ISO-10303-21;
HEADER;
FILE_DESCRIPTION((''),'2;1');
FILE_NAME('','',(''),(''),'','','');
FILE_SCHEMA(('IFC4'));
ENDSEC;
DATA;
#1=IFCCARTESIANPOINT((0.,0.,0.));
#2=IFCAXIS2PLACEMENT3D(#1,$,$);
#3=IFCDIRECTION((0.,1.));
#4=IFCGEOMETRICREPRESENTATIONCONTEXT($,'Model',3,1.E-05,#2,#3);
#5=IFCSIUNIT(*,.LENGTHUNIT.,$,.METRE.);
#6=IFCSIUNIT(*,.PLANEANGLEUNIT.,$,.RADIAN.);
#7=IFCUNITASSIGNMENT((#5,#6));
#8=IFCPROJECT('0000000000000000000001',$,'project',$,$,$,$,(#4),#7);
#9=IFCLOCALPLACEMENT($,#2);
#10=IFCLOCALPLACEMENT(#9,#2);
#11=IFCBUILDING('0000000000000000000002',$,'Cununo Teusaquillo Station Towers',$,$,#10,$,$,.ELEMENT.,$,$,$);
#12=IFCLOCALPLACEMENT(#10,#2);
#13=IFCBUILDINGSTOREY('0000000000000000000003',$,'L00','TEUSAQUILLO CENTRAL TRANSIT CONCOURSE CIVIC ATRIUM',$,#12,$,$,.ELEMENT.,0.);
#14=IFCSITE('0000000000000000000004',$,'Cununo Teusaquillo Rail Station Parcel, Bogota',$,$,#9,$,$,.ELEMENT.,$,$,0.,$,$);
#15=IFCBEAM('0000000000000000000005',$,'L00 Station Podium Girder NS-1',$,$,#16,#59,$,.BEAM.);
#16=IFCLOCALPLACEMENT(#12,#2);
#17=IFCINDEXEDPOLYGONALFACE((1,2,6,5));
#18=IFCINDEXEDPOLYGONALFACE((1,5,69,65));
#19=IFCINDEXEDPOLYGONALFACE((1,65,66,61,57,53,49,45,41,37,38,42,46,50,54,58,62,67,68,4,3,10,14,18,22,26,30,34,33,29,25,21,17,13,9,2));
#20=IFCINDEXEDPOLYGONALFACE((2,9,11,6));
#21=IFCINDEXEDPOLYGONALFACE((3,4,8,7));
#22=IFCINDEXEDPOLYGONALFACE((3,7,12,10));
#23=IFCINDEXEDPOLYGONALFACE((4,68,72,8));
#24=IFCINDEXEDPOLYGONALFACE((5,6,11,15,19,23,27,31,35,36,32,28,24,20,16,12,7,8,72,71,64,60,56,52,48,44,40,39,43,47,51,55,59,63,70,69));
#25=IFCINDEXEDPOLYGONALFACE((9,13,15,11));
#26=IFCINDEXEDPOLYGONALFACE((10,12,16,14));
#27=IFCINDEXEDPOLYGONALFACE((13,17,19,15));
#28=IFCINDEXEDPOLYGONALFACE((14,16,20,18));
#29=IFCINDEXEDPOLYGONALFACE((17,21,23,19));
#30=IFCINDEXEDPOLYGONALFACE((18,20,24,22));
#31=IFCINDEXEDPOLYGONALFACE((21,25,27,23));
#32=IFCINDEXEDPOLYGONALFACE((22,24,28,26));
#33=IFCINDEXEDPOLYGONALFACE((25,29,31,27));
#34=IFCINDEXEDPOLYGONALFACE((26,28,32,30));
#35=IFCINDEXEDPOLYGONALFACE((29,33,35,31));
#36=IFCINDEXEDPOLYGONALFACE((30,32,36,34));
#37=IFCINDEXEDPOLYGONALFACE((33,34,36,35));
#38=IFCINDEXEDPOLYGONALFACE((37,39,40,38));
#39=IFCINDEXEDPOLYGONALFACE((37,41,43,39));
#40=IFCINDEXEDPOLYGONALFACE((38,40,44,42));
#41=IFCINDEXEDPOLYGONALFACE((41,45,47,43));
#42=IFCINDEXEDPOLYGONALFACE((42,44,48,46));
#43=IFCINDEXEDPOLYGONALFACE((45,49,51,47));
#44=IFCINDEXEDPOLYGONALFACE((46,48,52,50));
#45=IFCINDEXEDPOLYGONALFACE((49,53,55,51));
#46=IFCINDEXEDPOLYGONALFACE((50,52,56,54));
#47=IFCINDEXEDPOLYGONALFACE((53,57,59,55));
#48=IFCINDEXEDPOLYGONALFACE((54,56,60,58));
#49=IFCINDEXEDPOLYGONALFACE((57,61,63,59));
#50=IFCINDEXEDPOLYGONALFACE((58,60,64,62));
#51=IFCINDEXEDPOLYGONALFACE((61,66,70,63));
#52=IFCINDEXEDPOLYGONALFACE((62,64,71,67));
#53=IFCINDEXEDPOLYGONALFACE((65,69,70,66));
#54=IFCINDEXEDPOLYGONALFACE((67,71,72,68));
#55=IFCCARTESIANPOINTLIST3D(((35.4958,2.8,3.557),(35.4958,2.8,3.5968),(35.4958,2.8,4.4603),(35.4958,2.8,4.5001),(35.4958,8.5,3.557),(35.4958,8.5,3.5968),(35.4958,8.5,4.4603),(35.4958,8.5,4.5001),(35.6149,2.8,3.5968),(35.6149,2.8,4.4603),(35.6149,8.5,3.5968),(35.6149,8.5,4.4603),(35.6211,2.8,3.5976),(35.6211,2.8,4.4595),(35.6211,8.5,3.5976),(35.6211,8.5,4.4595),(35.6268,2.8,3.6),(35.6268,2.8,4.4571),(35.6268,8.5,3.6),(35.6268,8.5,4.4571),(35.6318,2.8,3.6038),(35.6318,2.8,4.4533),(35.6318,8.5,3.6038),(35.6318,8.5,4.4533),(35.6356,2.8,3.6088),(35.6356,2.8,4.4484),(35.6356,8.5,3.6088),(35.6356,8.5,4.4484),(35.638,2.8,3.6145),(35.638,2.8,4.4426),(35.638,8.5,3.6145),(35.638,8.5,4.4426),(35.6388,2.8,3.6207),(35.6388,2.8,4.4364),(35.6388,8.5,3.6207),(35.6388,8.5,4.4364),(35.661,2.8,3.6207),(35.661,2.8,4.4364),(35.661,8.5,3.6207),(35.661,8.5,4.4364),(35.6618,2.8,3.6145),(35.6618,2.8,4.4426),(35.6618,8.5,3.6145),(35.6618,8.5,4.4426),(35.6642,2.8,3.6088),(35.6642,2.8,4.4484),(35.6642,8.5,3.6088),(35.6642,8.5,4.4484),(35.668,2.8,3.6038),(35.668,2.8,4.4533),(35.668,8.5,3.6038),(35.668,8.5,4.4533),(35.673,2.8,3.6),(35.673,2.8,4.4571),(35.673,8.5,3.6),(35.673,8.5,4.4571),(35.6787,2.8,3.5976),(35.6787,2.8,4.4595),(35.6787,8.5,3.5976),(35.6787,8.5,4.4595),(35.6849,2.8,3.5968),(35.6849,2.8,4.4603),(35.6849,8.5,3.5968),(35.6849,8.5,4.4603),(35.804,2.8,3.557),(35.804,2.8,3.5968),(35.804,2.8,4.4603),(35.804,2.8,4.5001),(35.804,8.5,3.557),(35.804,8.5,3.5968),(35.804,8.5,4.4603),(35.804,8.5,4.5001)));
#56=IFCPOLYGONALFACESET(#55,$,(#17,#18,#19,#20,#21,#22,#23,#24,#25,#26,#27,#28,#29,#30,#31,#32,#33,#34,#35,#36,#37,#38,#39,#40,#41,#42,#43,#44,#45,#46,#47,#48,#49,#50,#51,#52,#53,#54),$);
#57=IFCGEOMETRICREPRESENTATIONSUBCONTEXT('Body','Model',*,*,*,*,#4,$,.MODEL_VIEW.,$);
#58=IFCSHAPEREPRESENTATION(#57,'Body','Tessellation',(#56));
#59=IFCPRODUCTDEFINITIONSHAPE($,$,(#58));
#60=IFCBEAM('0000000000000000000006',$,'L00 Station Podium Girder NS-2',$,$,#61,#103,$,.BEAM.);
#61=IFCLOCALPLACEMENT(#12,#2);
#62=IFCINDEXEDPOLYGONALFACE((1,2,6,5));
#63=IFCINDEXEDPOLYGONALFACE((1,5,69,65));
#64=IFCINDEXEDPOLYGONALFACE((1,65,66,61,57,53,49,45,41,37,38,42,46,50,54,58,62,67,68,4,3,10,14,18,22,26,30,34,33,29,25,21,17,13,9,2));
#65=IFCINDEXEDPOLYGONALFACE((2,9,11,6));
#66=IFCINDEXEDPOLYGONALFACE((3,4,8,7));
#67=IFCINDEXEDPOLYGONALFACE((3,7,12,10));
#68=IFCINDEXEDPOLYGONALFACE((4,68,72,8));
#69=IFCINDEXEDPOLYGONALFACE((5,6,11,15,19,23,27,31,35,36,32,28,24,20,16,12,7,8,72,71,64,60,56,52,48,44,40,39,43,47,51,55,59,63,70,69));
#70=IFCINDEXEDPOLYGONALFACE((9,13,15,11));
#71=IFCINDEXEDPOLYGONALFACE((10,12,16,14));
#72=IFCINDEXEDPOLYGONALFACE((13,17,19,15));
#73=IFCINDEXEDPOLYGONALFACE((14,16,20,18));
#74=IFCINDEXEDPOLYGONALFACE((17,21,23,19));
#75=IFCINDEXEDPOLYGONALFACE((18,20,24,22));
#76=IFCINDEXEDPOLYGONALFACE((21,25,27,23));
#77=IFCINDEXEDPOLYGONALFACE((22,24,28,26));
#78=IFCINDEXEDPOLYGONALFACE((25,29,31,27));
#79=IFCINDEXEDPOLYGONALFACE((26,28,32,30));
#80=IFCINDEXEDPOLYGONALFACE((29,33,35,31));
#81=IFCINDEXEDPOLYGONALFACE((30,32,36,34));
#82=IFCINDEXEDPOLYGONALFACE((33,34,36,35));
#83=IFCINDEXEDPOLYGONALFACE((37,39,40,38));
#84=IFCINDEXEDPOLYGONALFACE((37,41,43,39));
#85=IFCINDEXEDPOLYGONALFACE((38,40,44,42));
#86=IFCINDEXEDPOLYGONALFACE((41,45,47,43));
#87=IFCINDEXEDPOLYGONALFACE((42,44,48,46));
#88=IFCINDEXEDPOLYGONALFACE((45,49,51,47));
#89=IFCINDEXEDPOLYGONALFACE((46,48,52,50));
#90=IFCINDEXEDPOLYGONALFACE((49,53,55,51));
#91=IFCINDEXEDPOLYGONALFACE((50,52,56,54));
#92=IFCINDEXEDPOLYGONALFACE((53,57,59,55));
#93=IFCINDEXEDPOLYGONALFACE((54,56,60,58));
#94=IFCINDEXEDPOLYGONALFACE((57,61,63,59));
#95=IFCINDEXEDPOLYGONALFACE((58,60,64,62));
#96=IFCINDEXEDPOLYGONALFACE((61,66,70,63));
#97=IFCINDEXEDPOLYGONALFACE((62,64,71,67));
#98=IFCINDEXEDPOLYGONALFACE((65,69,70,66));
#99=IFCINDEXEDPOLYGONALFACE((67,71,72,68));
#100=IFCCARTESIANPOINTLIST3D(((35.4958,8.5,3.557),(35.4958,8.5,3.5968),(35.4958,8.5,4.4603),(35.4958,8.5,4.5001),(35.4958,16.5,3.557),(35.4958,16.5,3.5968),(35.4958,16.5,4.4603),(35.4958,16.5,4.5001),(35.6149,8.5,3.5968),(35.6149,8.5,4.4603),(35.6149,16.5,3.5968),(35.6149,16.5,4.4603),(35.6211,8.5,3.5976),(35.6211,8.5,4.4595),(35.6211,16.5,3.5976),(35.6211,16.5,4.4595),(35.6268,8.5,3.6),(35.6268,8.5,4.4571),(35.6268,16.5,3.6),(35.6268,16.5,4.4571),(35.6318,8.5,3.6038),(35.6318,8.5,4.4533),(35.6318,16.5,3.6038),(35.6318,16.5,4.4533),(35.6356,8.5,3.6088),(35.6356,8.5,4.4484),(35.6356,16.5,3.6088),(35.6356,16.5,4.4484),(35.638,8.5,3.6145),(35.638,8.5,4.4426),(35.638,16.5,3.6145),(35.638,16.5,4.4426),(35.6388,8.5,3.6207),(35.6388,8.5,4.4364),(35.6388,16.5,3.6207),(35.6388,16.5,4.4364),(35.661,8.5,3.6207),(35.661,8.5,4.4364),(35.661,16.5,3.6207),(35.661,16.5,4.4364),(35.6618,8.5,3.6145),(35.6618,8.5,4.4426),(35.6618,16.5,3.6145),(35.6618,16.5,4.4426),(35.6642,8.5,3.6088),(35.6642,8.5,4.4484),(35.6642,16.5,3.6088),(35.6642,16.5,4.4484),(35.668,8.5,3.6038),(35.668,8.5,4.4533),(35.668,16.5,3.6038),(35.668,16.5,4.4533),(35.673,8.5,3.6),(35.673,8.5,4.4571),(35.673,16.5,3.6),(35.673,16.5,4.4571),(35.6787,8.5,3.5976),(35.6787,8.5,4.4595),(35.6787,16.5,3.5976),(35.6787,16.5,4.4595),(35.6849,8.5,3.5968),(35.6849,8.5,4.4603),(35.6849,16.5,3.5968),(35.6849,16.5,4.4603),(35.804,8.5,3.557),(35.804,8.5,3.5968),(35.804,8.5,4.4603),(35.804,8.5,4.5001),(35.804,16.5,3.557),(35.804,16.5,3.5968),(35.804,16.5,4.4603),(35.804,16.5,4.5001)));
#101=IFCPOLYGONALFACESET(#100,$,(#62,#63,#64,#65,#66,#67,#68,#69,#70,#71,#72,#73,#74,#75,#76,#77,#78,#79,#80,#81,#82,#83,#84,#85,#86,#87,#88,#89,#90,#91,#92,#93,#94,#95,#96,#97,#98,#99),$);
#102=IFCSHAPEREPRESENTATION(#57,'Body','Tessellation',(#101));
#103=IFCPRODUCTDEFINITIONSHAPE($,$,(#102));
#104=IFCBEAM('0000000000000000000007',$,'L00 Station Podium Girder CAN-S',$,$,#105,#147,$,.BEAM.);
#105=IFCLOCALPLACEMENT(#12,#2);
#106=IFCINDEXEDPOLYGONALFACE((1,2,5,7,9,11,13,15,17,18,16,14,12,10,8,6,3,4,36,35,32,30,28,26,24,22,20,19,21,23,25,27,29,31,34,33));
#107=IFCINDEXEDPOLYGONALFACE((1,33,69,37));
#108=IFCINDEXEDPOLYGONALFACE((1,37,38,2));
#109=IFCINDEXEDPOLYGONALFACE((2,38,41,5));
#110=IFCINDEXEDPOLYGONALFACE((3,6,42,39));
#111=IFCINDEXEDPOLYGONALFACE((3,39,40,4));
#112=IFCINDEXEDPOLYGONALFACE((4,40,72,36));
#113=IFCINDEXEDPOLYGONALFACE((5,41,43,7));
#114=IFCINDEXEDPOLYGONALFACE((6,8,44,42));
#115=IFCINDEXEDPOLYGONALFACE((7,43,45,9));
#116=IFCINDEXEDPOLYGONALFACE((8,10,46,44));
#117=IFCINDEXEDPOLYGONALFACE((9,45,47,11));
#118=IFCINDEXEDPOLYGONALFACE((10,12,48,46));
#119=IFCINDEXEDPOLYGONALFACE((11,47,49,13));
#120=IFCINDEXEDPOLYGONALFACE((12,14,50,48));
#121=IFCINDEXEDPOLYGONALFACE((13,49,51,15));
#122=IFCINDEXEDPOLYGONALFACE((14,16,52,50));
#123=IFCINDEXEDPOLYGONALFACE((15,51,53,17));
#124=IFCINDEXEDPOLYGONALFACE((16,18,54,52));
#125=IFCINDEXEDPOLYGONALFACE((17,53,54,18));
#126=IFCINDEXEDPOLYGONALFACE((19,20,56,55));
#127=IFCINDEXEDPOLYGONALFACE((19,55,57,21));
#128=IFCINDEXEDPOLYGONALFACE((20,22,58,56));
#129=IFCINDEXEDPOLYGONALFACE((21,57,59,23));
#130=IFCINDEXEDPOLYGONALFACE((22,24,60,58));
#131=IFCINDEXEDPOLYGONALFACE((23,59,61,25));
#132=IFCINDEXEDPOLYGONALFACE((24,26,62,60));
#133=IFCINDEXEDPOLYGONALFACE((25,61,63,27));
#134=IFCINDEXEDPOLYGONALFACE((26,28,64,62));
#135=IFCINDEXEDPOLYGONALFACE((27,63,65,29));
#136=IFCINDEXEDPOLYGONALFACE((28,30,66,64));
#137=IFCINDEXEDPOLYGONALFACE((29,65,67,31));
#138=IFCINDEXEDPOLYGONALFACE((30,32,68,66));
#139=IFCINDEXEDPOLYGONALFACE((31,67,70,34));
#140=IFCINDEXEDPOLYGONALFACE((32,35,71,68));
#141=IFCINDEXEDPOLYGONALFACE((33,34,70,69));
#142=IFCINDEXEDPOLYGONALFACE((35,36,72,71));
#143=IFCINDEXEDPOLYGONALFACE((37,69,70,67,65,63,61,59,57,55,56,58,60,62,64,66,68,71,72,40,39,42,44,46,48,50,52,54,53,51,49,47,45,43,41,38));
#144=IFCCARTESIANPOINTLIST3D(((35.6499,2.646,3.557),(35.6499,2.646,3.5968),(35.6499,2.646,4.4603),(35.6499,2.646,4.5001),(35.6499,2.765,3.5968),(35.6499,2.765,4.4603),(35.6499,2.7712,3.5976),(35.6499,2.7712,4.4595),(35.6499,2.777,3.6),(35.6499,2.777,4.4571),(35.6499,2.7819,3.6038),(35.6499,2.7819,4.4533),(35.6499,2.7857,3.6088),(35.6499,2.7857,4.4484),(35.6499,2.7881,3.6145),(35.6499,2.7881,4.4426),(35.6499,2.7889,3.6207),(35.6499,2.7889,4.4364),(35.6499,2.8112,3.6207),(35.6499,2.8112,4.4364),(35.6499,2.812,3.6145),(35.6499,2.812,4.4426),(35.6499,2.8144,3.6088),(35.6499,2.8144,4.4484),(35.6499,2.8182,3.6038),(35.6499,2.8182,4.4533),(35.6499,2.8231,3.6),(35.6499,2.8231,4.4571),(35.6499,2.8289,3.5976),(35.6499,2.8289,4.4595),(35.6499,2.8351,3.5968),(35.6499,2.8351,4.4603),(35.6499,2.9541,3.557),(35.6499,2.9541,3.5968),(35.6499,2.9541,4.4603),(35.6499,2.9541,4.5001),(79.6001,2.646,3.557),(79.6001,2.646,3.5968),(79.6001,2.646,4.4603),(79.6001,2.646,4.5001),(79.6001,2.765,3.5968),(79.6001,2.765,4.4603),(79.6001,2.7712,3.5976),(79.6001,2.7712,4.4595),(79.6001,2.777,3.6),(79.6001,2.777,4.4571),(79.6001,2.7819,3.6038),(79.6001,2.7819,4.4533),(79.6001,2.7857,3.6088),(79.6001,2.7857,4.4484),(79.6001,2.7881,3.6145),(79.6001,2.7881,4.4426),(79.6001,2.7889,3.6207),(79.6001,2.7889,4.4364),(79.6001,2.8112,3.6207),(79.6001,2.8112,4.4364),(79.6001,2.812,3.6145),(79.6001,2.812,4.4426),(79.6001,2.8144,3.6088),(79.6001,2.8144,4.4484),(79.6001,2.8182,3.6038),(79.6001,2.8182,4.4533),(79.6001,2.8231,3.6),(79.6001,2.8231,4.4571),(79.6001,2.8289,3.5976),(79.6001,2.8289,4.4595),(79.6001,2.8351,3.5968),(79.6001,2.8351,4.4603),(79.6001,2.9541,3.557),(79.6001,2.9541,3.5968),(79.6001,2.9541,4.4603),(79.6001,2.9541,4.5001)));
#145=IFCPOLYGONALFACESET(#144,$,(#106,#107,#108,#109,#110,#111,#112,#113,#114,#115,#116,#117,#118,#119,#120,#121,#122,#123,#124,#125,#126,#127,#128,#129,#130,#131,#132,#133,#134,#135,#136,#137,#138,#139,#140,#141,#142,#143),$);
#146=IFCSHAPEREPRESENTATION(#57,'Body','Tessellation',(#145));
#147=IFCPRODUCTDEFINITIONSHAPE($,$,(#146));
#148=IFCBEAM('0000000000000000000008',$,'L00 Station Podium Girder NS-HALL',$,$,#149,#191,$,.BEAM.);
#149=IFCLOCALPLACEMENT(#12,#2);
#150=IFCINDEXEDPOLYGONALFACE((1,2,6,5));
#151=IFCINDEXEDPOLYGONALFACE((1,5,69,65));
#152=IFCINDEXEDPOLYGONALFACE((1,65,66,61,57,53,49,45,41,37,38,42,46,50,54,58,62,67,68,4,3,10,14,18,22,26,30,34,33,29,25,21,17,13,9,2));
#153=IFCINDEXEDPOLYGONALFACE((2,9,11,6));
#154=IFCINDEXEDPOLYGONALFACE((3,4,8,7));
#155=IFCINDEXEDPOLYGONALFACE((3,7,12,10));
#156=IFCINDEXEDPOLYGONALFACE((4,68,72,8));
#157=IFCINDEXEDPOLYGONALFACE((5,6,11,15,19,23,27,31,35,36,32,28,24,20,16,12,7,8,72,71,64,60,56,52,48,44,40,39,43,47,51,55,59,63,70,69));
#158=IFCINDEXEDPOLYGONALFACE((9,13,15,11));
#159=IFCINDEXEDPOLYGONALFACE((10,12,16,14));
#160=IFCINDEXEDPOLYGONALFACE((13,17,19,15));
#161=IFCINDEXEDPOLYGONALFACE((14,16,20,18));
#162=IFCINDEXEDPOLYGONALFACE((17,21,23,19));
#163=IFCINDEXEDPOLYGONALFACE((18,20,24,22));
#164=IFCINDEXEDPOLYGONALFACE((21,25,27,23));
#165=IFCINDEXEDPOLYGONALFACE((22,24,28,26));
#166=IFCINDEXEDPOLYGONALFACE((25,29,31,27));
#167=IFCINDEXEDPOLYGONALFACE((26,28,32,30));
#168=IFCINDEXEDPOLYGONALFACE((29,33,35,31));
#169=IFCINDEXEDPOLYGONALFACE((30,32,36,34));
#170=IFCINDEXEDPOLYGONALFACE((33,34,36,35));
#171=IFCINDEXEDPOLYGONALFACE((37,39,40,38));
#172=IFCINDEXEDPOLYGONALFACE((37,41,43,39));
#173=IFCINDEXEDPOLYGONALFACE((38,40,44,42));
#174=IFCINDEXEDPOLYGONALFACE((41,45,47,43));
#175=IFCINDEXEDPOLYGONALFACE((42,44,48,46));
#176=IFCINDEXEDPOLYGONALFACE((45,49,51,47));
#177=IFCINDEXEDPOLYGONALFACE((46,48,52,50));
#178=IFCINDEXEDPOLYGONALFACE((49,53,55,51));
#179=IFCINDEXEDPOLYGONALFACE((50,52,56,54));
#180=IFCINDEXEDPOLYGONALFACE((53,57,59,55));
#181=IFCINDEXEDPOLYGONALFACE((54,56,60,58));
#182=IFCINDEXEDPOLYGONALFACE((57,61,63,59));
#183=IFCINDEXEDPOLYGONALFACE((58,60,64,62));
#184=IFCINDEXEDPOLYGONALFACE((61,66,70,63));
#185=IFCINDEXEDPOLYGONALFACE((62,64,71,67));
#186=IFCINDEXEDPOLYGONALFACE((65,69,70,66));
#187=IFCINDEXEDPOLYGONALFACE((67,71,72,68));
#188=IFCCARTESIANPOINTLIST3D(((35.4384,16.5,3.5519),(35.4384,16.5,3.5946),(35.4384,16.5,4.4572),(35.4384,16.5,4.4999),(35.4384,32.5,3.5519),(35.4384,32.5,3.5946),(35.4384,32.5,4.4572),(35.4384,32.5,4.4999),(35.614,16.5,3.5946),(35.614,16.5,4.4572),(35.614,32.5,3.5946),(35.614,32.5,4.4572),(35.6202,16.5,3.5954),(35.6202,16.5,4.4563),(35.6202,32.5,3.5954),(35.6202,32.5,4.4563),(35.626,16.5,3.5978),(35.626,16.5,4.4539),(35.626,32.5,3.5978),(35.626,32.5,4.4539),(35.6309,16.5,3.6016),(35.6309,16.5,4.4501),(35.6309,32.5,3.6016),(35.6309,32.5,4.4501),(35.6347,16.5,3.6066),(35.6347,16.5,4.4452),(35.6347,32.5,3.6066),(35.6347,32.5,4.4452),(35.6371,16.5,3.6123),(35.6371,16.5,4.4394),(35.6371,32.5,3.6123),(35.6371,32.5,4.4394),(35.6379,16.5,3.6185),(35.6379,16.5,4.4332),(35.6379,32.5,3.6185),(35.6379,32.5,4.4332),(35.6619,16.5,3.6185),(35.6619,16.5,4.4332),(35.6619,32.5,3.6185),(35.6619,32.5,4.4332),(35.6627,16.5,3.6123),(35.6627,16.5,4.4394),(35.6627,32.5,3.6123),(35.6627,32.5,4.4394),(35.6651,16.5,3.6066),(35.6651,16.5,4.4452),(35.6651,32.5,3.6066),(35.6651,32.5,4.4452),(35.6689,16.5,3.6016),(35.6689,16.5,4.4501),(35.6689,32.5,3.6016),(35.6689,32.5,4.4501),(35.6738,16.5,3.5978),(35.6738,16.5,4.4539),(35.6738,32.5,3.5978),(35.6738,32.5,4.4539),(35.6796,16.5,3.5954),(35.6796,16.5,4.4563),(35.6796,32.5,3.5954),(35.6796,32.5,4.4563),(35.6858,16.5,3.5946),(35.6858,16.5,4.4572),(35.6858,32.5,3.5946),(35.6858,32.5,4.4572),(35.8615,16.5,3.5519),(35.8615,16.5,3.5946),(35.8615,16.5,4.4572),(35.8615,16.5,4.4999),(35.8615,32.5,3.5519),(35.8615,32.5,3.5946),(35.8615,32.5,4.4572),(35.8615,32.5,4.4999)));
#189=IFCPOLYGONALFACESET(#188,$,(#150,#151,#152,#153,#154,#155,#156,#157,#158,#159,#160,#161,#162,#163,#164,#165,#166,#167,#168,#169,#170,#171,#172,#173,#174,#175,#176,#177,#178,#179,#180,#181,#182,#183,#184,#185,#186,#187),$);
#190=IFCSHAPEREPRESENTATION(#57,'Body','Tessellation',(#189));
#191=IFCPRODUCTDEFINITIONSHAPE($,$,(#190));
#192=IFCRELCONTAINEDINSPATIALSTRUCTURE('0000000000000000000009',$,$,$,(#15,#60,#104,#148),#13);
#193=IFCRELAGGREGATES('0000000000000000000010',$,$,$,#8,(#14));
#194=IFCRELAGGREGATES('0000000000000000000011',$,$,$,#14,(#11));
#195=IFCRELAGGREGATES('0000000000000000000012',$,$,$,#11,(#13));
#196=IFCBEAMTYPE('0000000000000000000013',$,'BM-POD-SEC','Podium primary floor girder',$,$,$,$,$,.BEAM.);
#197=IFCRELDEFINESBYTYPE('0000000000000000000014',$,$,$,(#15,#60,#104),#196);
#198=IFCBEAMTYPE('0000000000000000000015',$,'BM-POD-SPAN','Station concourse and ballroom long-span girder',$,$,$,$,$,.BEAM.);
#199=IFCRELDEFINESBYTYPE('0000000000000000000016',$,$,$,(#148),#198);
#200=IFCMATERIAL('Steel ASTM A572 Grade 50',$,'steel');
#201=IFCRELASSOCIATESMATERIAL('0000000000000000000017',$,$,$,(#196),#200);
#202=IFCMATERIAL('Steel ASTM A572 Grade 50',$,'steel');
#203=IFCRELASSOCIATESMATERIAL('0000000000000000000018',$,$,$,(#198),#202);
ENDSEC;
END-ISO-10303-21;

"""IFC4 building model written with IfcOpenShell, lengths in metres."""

from ifc_helpers import new_model, si_unit, direction, frame, origin, origin_2d, place, context, subcontext, project, spatial, i_section, extrude, material, material_profile, profile_set, type_object, element, save


model = new_model("IFC4")

# Units and contexts
model_context = context("Model", 3, precision=1e-05, world=origin(), true_north=direction((0.0, 1.0)))
body_context = subcontext(model_context, "Body", "Model", "MODEL_VIEW")
ifc_project = project(units=[si_unit("LENGTHUNIT", "METRE"), si_unit("PLANEANGLEUNIT", "RADIAN")], contexts=[model_context])

# Site, building, storey
site_placement = place(None, origin())
site = spatial("IfcSite", under=ifc_project, at=site_placement, Name="Cununo Teusaquillo Rail Station Parcel, Bogota", CompositionType="ELEMENT", RefElevation=0.0)
building_placement = place(site_placement, origin())
building = spatial("IfcBuilding", under=site, at=building_placement, Name="Cununo Teusaquillo Station Towers", CompositionType="ELEMENT")
storey_placement = place(building_placement, origin())
storey = spatial("IfcBuildingStorey", under=building, at=storey_placement, Name="L00", Description="TEUSAQUILLO CENTRAL TRANSIT CONCOURSE CIVIC ATRIUM", CompositionType="ELEMENT", Elevation=0.0)

# Beams
ifc_material_1 = material(Name="Steel ASTM A572 Grade 50", Category="steel")
ifc_material_profile_1 = material_profile(ifc_material_1, i_section(OverallWidth=0.3081, OverallDepth=0.9431, WebThickness=0.0222, FlangeThickness=0.0398, FilletRadius=0.0239, at=origin_2d()), Name="W36X232")
ifc_profile_set_1 = profile_set([ifc_material_profile_1], Name="Steel ASTM A572 Grade 50")
beam_type_1 = type_object("IfcBeamType", Name="BM-POD-SEC", Description="Podium primary floor girder", PredefinedType="BEAM", material=ifc_profile_set_1)
beam_1_placement = place(storey_placement, frame((35.6499, 2.8, 4.0286), z_axis=(0.0, 1.0, 0.0), x_axis=(-1.0, 0.0, 0.0)))
element("IfcBeam", 1, at=beam_1_placement, inside=storey, type_object=beam_type_1, Name="L00 Station Podium Girder NS-1", PredefinedType="BEAM", context=body_context, shape_type="SweptSolid", body=[
    extrude(i_section(OverallWidth=0.3081, OverallDepth=0.9431, WebThickness=0.0222, FlangeThickness=0.0398, FilletRadius=0.0239, at=origin_2d()), origin(), (0.0, 0.0, 1.0), 5.7),
])
beam_2_placement = place(storey_placement, frame((35.6499, 8.5, 4.0286), z_axis=(0.0, 1.0, 0.0), x_axis=(-1.0, 0.0, 0.0)))
element("IfcBeam", 2, at=beam_2_placement, inside=storey, type_object=beam_type_1, Name="L00 Station Podium Girder NS-2", PredefinedType="BEAM", context=body_context, shape_type="SweptSolid", body=[
    extrude(i_section(OverallWidth=0.3081, OverallDepth=0.9431, WebThickness=0.0222, FlangeThickness=0.0398, FilletRadius=0.0239, at=origin_2d()), origin(), (0.0, 0.0, 1.0), 8.0),
])
beam_3_placement = place(storey_placement, frame((35.6499, 2.8, 4.0286), z_axis=(1.0, 0.0, 0.0), x_axis=(0.0, 1.0, 0.0)))
element("IfcBeam", 3, at=beam_3_placement, inside=storey, type_object=beam_type_1, Name="L00 Station Podium Girder CAN-S", PredefinedType="BEAM", context=body_context, shape_type="SweptSolid", body=[
    extrude(i_section(OverallWidth=0.3081, OverallDepth=0.9431, WebThickness=0.0222, FlangeThickness=0.0398, FilletRadius=0.0239, at=origin_2d()), origin(), (0.0, 0.0, 1.0), 43.9502),
])
ifc_material_2 = material(Name="Steel ASTM A572 Grade 50", Category="steel")
ifc_material_profile_2 = material_profile(ifc_material_2, i_section(OverallWidth=0.4231, OverallDepth=0.948, WebThickness=0.0239, FlangeThickness=0.0427, FilletRadius=0.0239, at=origin_2d()), Name="W36X302")
ifc_profile_set_2 = profile_set([ifc_material_profile_2], Name="Steel ASTM A572 Grade 50")
beam_type_2 = type_object("IfcBeamType", Name="BM-POD-SPAN", Description="Station concourse and ballroom long-span girder", PredefinedType="BEAM", material=ifc_profile_set_2)
beam_4_placement = place(storey_placement, frame((35.6499, 16.5, 4.0259), z_axis=(0.0, 1.0, 0.0), x_axis=(-1.0, 0.0, 0.0)))
element("IfcBeam", 4, at=beam_4_placement, inside=storey, type_object=beam_type_2, Name="L00 Station Podium Girder NS-HALL", PredefinedType="BEAM", context=body_context, shape_type="SweptSolid", body=[
    extrude(i_section(OverallWidth=0.4231, OverallDepth=0.948, WebThickness=0.0239, FlangeThickness=0.0427, FilletRadius=0.0239, at=origin_2d()), origin(), (0.0, 0.0, 1.0), 16.0),
])

save(model, "model.ifc")
